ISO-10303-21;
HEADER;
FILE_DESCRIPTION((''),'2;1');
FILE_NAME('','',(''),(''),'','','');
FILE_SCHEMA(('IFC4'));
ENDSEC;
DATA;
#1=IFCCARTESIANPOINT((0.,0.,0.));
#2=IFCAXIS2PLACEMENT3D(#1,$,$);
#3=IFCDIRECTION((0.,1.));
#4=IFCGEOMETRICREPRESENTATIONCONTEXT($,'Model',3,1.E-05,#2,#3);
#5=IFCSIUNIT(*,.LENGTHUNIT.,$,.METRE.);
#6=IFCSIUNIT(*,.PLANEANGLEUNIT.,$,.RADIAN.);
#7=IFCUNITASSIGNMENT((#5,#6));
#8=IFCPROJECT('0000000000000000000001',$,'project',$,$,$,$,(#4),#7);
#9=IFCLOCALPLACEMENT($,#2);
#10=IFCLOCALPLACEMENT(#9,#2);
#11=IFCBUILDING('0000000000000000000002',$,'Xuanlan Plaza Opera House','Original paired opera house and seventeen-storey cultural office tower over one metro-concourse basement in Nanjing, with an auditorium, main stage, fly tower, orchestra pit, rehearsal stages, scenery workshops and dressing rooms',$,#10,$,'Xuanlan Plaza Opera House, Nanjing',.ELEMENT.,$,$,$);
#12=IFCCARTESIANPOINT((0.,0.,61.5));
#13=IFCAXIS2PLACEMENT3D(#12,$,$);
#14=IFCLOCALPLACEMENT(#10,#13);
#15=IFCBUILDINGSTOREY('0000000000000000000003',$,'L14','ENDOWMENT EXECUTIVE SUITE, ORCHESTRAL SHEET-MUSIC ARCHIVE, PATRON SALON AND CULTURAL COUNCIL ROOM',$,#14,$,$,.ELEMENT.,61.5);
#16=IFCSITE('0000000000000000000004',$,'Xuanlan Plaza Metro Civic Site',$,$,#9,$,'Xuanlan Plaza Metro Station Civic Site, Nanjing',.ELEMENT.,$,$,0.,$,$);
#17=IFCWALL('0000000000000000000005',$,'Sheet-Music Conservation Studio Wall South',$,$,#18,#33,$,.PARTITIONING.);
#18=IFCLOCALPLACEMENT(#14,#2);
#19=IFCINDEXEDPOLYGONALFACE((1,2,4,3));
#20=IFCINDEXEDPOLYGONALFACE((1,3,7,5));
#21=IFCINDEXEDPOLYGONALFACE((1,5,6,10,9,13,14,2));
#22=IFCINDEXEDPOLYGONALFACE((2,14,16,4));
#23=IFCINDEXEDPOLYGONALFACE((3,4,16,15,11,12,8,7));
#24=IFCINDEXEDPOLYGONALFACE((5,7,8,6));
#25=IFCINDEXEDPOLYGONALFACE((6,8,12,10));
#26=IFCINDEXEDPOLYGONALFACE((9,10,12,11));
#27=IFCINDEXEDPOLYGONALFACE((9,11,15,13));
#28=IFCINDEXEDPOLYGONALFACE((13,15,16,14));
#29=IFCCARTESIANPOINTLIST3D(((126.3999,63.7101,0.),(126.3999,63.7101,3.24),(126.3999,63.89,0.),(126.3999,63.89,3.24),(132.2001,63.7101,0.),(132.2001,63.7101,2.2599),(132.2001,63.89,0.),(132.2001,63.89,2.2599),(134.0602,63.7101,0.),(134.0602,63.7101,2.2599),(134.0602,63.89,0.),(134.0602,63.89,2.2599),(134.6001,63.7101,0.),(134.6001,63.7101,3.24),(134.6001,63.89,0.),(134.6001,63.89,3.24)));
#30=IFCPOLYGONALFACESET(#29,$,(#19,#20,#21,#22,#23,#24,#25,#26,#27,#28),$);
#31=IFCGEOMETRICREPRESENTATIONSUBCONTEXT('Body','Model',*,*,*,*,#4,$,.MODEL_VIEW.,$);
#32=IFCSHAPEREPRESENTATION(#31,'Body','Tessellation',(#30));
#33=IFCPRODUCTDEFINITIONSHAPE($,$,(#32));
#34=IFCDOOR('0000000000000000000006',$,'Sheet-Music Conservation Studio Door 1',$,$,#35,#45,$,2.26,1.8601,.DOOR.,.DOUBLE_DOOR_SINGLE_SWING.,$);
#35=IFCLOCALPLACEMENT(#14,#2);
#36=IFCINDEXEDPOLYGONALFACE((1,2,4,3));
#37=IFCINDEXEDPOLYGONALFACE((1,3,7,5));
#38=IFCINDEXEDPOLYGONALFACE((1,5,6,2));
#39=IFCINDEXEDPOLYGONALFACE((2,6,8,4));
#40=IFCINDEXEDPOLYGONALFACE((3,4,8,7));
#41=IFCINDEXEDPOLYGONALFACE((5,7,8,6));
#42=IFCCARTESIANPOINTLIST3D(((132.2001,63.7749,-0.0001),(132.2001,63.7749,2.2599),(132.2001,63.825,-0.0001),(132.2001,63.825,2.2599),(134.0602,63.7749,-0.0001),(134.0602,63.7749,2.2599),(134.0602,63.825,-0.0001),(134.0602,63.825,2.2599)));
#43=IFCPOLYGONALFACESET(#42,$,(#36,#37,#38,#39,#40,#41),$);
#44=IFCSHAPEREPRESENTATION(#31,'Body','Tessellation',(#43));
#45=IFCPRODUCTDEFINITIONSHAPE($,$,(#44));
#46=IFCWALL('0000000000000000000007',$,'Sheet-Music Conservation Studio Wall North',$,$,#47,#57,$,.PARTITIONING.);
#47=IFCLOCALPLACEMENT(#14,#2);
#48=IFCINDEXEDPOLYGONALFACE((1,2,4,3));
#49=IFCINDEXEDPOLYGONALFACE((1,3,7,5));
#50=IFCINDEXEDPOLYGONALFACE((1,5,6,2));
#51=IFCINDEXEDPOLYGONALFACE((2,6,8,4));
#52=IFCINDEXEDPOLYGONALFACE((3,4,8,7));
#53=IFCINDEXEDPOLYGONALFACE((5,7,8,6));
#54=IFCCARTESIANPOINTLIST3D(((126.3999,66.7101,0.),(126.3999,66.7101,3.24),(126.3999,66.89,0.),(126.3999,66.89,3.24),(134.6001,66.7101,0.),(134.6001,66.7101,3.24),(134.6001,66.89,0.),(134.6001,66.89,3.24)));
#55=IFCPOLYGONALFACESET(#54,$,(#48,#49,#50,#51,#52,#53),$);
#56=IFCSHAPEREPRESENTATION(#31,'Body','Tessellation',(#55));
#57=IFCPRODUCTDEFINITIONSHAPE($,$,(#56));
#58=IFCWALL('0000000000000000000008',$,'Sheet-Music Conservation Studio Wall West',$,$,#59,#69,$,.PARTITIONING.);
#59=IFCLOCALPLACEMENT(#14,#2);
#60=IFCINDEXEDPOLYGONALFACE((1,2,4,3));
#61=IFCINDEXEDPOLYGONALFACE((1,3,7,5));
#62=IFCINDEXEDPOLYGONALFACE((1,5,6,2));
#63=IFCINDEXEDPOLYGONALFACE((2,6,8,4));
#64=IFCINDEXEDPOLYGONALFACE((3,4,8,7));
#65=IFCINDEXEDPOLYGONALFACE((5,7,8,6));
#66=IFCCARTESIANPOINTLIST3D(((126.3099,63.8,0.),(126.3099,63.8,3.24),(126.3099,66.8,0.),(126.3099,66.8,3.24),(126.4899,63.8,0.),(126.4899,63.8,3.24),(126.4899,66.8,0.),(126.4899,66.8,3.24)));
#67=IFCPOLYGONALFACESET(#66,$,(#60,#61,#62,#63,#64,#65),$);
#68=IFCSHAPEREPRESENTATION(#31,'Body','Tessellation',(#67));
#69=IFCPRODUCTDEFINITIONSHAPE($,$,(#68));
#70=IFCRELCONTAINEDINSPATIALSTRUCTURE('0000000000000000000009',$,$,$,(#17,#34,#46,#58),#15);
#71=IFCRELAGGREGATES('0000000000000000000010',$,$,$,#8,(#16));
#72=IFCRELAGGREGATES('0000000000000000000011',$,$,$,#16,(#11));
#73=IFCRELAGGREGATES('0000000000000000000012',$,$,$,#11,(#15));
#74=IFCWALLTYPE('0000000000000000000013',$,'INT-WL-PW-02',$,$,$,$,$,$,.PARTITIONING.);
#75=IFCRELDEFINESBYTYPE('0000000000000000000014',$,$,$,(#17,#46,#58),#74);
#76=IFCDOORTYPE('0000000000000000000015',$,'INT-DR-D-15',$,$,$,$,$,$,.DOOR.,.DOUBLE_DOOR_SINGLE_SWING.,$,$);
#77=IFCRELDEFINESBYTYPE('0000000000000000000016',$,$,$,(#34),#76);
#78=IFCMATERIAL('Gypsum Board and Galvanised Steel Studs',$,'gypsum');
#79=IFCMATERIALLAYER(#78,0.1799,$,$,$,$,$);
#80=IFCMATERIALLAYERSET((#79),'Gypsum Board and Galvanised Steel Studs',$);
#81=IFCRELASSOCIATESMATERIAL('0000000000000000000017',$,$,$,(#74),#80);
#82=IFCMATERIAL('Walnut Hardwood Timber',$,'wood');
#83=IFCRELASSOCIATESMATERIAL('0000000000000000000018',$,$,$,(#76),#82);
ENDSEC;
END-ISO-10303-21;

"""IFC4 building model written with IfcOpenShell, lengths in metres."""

from ifc_helpers import new_model, si_unit, direction, frame, frame_2d, origin, place, context, subcontext, project, spatial, rectangle, extrude, material, layer, layer_set, type_object, element, fill, save


model = new_model("IFC4")

# Units and contexts
model_context = context("Model", 3, precision=1e-05, world=origin(), true_north=direction((0.0, 1.0)))
body_context = subcontext(model_context, "Body", "Model", "MODEL_VIEW")
ifc_project = project(units=[si_unit("LENGTHUNIT", "METRE"), si_unit("PLANEANGLEUNIT", "RADIAN")], contexts=[model_context])

# Site, building, storey
site_placement = place(None, origin())
site = spatial("IfcSite", under=ifc_project, at=site_placement, Name="Xuanlan Plaza Metro Civic Site", LongName="Xuanlan Plaza Metro Station Civic Site, Nanjing", CompositionType="ELEMENT", RefElevation=0.0)
building_placement = place(site_placement, origin())
building = spatial("IfcBuilding", under=site, at=building_placement, Name="Xuanlan Plaza Opera House", Description="Original paired opera house and seventeen-storey cultural office tower over one metro-concourse basement in Nanjing, with an auditorium, main stage, fly tower, orchestra pit, rehearsal stages, scenery workshops and dressing rooms", LongName="Xuanlan Plaza Opera House, Nanjing", CompositionType="ELEMENT")
storey_placement = place(building_placement, frame((0.0, 0.0, 61.5)))
storey = spatial("IfcBuildingStorey", under=building, at=storey_placement, Name="L14", Description="ENDOWMENT EXECUTIVE SUITE, ORCHESTRAL SHEET-MUSIC ARCHIVE, PATRON SALON AND CULTURAL COUNCIL ROOM", CompositionType="ELEMENT", Elevation=61.5)

# Wall, opening, door
ifc_material_1 = material(Name="Gypsum Board and Galvanised Steel Studs", Category="gypsum")
ifc_layer_1 = layer(ifc_material_1, 0.1799)
ifc_layer_set_1 = layer_set([ifc_layer_1], Name="Gypsum Board and Galvanised Steel Studs")
wall_type = type_object("IfcWallType", Name="INT-WL-PW-02", PredefinedType="PARTITIONING", material=ifc_layer_set_1)
wall_1_placement = place(storey_placement, frame((126.3999, 63.8, 0.0), z_axis=(0.0, 0.0, 1.0), x_axis=(1.0, 0.0, 0.0)))
wall_1 = element("IfcWall", 1, at=wall_1_placement, inside=storey, type_object=wall_type, Name="Sheet-Music Conservation Studio Wall South", PredefinedType="PARTITIONING", context=body_context, shape_type="SweptSolid", body=[
    extrude(rectangle(XDim=8.2002, YDim=0.1799, at=frame_2d((4.1001, 0.0))), origin(), (0.0, 0.0, 1.0), 3.24),
])
opening_placement = place(wall_1_placement, frame((5.8, 0.0, 0.0)))
opening = element("IfcOpeningElement", 2, at=opening_placement, cuts=wall_1, PredefinedType="OPENING", context=body_context, shape_type="SweptSolid", body=[
    extrude(rectangle(XDim=1.8601, YDim=2.26, at=frame_2d((0.9302, 1.1299))), frame((0.0, 0.0999, 0.0), z_axis=(0.0, -1.0, 0.0), x_axis=(1.0, 0.0, 0.0)), (0.0, 0.0, 1.0), 0.2),
])
ifc_material_2 = material(Name="Walnut Hardwood Timber", Category="wood")
door_type = type_object("IfcDoorType", Name="INT-DR-D-15", OperationType="DOUBLE_DOOR_SINGLE_SWING", PredefinedType="DOOR", material=ifc_material_2)
door_placement = place(opening_placement, origin())
door = element("IfcDoor", 3, at=door_placement, inside=storey, type_object=door_type, Name="Sheet-Music Conservation Studio Door 1", OperationType="DOUBLE_DOOR_SINGLE_SWING", OverallHeight=2.26, OverallWidth=1.8601, PredefinedType="DOOR", context=body_context, shape_type="SweptSolid", body=[
    extrude(rectangle(XDim=1.8601, YDim=2.26, at=frame_2d((0.9302, 1.1299))), frame((0.0, 0.0249, 0.0), z_axis=(0.0, -1.0, 0.0), x_axis=(1.0, 0.0, 0.0)), (0.0, 0.0, 1.0), 0.05),
])
fill(opening, door)

# Walls
wall_2_placement = place(storey_placement, frame((126.3999, 66.8, 0.0), z_axis=(0.0, 0.0, 1.0), x_axis=(1.0, 0.0, 0.0)))
element("IfcWall", 4, at=wall_2_placement, inside=storey, type_object=wall_type, Name="Sheet-Music Conservation Studio Wall North", PredefinedType="PARTITIONING", context=body_context, shape_type="SweptSolid", body=[
    extrude(rectangle(XDim=8.2002, YDim=0.1799, at=frame_2d((4.1001, 0.0))), origin(), (0.0, 0.0, 1.0), 3.24),
])
wall_3_placement = place(storey_placement, frame((126.3999, 63.8, 0.0), z_axis=(0.0, 0.0, 1.0), x_axis=(0.0, 1.0, 0.0)))
element("IfcWall", 5, at=wall_3_placement, inside=storey, type_object=wall_type, Name="Sheet-Music Conservation Studio Wall West", PredefinedType="PARTITIONING", context=body_context, shape_type="SweptSolid", body=[
    extrude(rectangle(XDim=3.0, YDim=0.1799, at=frame_2d((1.5, 0.0))), origin(), (0.0, 0.0, 1.0), 3.24),
])

save(model, "model.ifc")
